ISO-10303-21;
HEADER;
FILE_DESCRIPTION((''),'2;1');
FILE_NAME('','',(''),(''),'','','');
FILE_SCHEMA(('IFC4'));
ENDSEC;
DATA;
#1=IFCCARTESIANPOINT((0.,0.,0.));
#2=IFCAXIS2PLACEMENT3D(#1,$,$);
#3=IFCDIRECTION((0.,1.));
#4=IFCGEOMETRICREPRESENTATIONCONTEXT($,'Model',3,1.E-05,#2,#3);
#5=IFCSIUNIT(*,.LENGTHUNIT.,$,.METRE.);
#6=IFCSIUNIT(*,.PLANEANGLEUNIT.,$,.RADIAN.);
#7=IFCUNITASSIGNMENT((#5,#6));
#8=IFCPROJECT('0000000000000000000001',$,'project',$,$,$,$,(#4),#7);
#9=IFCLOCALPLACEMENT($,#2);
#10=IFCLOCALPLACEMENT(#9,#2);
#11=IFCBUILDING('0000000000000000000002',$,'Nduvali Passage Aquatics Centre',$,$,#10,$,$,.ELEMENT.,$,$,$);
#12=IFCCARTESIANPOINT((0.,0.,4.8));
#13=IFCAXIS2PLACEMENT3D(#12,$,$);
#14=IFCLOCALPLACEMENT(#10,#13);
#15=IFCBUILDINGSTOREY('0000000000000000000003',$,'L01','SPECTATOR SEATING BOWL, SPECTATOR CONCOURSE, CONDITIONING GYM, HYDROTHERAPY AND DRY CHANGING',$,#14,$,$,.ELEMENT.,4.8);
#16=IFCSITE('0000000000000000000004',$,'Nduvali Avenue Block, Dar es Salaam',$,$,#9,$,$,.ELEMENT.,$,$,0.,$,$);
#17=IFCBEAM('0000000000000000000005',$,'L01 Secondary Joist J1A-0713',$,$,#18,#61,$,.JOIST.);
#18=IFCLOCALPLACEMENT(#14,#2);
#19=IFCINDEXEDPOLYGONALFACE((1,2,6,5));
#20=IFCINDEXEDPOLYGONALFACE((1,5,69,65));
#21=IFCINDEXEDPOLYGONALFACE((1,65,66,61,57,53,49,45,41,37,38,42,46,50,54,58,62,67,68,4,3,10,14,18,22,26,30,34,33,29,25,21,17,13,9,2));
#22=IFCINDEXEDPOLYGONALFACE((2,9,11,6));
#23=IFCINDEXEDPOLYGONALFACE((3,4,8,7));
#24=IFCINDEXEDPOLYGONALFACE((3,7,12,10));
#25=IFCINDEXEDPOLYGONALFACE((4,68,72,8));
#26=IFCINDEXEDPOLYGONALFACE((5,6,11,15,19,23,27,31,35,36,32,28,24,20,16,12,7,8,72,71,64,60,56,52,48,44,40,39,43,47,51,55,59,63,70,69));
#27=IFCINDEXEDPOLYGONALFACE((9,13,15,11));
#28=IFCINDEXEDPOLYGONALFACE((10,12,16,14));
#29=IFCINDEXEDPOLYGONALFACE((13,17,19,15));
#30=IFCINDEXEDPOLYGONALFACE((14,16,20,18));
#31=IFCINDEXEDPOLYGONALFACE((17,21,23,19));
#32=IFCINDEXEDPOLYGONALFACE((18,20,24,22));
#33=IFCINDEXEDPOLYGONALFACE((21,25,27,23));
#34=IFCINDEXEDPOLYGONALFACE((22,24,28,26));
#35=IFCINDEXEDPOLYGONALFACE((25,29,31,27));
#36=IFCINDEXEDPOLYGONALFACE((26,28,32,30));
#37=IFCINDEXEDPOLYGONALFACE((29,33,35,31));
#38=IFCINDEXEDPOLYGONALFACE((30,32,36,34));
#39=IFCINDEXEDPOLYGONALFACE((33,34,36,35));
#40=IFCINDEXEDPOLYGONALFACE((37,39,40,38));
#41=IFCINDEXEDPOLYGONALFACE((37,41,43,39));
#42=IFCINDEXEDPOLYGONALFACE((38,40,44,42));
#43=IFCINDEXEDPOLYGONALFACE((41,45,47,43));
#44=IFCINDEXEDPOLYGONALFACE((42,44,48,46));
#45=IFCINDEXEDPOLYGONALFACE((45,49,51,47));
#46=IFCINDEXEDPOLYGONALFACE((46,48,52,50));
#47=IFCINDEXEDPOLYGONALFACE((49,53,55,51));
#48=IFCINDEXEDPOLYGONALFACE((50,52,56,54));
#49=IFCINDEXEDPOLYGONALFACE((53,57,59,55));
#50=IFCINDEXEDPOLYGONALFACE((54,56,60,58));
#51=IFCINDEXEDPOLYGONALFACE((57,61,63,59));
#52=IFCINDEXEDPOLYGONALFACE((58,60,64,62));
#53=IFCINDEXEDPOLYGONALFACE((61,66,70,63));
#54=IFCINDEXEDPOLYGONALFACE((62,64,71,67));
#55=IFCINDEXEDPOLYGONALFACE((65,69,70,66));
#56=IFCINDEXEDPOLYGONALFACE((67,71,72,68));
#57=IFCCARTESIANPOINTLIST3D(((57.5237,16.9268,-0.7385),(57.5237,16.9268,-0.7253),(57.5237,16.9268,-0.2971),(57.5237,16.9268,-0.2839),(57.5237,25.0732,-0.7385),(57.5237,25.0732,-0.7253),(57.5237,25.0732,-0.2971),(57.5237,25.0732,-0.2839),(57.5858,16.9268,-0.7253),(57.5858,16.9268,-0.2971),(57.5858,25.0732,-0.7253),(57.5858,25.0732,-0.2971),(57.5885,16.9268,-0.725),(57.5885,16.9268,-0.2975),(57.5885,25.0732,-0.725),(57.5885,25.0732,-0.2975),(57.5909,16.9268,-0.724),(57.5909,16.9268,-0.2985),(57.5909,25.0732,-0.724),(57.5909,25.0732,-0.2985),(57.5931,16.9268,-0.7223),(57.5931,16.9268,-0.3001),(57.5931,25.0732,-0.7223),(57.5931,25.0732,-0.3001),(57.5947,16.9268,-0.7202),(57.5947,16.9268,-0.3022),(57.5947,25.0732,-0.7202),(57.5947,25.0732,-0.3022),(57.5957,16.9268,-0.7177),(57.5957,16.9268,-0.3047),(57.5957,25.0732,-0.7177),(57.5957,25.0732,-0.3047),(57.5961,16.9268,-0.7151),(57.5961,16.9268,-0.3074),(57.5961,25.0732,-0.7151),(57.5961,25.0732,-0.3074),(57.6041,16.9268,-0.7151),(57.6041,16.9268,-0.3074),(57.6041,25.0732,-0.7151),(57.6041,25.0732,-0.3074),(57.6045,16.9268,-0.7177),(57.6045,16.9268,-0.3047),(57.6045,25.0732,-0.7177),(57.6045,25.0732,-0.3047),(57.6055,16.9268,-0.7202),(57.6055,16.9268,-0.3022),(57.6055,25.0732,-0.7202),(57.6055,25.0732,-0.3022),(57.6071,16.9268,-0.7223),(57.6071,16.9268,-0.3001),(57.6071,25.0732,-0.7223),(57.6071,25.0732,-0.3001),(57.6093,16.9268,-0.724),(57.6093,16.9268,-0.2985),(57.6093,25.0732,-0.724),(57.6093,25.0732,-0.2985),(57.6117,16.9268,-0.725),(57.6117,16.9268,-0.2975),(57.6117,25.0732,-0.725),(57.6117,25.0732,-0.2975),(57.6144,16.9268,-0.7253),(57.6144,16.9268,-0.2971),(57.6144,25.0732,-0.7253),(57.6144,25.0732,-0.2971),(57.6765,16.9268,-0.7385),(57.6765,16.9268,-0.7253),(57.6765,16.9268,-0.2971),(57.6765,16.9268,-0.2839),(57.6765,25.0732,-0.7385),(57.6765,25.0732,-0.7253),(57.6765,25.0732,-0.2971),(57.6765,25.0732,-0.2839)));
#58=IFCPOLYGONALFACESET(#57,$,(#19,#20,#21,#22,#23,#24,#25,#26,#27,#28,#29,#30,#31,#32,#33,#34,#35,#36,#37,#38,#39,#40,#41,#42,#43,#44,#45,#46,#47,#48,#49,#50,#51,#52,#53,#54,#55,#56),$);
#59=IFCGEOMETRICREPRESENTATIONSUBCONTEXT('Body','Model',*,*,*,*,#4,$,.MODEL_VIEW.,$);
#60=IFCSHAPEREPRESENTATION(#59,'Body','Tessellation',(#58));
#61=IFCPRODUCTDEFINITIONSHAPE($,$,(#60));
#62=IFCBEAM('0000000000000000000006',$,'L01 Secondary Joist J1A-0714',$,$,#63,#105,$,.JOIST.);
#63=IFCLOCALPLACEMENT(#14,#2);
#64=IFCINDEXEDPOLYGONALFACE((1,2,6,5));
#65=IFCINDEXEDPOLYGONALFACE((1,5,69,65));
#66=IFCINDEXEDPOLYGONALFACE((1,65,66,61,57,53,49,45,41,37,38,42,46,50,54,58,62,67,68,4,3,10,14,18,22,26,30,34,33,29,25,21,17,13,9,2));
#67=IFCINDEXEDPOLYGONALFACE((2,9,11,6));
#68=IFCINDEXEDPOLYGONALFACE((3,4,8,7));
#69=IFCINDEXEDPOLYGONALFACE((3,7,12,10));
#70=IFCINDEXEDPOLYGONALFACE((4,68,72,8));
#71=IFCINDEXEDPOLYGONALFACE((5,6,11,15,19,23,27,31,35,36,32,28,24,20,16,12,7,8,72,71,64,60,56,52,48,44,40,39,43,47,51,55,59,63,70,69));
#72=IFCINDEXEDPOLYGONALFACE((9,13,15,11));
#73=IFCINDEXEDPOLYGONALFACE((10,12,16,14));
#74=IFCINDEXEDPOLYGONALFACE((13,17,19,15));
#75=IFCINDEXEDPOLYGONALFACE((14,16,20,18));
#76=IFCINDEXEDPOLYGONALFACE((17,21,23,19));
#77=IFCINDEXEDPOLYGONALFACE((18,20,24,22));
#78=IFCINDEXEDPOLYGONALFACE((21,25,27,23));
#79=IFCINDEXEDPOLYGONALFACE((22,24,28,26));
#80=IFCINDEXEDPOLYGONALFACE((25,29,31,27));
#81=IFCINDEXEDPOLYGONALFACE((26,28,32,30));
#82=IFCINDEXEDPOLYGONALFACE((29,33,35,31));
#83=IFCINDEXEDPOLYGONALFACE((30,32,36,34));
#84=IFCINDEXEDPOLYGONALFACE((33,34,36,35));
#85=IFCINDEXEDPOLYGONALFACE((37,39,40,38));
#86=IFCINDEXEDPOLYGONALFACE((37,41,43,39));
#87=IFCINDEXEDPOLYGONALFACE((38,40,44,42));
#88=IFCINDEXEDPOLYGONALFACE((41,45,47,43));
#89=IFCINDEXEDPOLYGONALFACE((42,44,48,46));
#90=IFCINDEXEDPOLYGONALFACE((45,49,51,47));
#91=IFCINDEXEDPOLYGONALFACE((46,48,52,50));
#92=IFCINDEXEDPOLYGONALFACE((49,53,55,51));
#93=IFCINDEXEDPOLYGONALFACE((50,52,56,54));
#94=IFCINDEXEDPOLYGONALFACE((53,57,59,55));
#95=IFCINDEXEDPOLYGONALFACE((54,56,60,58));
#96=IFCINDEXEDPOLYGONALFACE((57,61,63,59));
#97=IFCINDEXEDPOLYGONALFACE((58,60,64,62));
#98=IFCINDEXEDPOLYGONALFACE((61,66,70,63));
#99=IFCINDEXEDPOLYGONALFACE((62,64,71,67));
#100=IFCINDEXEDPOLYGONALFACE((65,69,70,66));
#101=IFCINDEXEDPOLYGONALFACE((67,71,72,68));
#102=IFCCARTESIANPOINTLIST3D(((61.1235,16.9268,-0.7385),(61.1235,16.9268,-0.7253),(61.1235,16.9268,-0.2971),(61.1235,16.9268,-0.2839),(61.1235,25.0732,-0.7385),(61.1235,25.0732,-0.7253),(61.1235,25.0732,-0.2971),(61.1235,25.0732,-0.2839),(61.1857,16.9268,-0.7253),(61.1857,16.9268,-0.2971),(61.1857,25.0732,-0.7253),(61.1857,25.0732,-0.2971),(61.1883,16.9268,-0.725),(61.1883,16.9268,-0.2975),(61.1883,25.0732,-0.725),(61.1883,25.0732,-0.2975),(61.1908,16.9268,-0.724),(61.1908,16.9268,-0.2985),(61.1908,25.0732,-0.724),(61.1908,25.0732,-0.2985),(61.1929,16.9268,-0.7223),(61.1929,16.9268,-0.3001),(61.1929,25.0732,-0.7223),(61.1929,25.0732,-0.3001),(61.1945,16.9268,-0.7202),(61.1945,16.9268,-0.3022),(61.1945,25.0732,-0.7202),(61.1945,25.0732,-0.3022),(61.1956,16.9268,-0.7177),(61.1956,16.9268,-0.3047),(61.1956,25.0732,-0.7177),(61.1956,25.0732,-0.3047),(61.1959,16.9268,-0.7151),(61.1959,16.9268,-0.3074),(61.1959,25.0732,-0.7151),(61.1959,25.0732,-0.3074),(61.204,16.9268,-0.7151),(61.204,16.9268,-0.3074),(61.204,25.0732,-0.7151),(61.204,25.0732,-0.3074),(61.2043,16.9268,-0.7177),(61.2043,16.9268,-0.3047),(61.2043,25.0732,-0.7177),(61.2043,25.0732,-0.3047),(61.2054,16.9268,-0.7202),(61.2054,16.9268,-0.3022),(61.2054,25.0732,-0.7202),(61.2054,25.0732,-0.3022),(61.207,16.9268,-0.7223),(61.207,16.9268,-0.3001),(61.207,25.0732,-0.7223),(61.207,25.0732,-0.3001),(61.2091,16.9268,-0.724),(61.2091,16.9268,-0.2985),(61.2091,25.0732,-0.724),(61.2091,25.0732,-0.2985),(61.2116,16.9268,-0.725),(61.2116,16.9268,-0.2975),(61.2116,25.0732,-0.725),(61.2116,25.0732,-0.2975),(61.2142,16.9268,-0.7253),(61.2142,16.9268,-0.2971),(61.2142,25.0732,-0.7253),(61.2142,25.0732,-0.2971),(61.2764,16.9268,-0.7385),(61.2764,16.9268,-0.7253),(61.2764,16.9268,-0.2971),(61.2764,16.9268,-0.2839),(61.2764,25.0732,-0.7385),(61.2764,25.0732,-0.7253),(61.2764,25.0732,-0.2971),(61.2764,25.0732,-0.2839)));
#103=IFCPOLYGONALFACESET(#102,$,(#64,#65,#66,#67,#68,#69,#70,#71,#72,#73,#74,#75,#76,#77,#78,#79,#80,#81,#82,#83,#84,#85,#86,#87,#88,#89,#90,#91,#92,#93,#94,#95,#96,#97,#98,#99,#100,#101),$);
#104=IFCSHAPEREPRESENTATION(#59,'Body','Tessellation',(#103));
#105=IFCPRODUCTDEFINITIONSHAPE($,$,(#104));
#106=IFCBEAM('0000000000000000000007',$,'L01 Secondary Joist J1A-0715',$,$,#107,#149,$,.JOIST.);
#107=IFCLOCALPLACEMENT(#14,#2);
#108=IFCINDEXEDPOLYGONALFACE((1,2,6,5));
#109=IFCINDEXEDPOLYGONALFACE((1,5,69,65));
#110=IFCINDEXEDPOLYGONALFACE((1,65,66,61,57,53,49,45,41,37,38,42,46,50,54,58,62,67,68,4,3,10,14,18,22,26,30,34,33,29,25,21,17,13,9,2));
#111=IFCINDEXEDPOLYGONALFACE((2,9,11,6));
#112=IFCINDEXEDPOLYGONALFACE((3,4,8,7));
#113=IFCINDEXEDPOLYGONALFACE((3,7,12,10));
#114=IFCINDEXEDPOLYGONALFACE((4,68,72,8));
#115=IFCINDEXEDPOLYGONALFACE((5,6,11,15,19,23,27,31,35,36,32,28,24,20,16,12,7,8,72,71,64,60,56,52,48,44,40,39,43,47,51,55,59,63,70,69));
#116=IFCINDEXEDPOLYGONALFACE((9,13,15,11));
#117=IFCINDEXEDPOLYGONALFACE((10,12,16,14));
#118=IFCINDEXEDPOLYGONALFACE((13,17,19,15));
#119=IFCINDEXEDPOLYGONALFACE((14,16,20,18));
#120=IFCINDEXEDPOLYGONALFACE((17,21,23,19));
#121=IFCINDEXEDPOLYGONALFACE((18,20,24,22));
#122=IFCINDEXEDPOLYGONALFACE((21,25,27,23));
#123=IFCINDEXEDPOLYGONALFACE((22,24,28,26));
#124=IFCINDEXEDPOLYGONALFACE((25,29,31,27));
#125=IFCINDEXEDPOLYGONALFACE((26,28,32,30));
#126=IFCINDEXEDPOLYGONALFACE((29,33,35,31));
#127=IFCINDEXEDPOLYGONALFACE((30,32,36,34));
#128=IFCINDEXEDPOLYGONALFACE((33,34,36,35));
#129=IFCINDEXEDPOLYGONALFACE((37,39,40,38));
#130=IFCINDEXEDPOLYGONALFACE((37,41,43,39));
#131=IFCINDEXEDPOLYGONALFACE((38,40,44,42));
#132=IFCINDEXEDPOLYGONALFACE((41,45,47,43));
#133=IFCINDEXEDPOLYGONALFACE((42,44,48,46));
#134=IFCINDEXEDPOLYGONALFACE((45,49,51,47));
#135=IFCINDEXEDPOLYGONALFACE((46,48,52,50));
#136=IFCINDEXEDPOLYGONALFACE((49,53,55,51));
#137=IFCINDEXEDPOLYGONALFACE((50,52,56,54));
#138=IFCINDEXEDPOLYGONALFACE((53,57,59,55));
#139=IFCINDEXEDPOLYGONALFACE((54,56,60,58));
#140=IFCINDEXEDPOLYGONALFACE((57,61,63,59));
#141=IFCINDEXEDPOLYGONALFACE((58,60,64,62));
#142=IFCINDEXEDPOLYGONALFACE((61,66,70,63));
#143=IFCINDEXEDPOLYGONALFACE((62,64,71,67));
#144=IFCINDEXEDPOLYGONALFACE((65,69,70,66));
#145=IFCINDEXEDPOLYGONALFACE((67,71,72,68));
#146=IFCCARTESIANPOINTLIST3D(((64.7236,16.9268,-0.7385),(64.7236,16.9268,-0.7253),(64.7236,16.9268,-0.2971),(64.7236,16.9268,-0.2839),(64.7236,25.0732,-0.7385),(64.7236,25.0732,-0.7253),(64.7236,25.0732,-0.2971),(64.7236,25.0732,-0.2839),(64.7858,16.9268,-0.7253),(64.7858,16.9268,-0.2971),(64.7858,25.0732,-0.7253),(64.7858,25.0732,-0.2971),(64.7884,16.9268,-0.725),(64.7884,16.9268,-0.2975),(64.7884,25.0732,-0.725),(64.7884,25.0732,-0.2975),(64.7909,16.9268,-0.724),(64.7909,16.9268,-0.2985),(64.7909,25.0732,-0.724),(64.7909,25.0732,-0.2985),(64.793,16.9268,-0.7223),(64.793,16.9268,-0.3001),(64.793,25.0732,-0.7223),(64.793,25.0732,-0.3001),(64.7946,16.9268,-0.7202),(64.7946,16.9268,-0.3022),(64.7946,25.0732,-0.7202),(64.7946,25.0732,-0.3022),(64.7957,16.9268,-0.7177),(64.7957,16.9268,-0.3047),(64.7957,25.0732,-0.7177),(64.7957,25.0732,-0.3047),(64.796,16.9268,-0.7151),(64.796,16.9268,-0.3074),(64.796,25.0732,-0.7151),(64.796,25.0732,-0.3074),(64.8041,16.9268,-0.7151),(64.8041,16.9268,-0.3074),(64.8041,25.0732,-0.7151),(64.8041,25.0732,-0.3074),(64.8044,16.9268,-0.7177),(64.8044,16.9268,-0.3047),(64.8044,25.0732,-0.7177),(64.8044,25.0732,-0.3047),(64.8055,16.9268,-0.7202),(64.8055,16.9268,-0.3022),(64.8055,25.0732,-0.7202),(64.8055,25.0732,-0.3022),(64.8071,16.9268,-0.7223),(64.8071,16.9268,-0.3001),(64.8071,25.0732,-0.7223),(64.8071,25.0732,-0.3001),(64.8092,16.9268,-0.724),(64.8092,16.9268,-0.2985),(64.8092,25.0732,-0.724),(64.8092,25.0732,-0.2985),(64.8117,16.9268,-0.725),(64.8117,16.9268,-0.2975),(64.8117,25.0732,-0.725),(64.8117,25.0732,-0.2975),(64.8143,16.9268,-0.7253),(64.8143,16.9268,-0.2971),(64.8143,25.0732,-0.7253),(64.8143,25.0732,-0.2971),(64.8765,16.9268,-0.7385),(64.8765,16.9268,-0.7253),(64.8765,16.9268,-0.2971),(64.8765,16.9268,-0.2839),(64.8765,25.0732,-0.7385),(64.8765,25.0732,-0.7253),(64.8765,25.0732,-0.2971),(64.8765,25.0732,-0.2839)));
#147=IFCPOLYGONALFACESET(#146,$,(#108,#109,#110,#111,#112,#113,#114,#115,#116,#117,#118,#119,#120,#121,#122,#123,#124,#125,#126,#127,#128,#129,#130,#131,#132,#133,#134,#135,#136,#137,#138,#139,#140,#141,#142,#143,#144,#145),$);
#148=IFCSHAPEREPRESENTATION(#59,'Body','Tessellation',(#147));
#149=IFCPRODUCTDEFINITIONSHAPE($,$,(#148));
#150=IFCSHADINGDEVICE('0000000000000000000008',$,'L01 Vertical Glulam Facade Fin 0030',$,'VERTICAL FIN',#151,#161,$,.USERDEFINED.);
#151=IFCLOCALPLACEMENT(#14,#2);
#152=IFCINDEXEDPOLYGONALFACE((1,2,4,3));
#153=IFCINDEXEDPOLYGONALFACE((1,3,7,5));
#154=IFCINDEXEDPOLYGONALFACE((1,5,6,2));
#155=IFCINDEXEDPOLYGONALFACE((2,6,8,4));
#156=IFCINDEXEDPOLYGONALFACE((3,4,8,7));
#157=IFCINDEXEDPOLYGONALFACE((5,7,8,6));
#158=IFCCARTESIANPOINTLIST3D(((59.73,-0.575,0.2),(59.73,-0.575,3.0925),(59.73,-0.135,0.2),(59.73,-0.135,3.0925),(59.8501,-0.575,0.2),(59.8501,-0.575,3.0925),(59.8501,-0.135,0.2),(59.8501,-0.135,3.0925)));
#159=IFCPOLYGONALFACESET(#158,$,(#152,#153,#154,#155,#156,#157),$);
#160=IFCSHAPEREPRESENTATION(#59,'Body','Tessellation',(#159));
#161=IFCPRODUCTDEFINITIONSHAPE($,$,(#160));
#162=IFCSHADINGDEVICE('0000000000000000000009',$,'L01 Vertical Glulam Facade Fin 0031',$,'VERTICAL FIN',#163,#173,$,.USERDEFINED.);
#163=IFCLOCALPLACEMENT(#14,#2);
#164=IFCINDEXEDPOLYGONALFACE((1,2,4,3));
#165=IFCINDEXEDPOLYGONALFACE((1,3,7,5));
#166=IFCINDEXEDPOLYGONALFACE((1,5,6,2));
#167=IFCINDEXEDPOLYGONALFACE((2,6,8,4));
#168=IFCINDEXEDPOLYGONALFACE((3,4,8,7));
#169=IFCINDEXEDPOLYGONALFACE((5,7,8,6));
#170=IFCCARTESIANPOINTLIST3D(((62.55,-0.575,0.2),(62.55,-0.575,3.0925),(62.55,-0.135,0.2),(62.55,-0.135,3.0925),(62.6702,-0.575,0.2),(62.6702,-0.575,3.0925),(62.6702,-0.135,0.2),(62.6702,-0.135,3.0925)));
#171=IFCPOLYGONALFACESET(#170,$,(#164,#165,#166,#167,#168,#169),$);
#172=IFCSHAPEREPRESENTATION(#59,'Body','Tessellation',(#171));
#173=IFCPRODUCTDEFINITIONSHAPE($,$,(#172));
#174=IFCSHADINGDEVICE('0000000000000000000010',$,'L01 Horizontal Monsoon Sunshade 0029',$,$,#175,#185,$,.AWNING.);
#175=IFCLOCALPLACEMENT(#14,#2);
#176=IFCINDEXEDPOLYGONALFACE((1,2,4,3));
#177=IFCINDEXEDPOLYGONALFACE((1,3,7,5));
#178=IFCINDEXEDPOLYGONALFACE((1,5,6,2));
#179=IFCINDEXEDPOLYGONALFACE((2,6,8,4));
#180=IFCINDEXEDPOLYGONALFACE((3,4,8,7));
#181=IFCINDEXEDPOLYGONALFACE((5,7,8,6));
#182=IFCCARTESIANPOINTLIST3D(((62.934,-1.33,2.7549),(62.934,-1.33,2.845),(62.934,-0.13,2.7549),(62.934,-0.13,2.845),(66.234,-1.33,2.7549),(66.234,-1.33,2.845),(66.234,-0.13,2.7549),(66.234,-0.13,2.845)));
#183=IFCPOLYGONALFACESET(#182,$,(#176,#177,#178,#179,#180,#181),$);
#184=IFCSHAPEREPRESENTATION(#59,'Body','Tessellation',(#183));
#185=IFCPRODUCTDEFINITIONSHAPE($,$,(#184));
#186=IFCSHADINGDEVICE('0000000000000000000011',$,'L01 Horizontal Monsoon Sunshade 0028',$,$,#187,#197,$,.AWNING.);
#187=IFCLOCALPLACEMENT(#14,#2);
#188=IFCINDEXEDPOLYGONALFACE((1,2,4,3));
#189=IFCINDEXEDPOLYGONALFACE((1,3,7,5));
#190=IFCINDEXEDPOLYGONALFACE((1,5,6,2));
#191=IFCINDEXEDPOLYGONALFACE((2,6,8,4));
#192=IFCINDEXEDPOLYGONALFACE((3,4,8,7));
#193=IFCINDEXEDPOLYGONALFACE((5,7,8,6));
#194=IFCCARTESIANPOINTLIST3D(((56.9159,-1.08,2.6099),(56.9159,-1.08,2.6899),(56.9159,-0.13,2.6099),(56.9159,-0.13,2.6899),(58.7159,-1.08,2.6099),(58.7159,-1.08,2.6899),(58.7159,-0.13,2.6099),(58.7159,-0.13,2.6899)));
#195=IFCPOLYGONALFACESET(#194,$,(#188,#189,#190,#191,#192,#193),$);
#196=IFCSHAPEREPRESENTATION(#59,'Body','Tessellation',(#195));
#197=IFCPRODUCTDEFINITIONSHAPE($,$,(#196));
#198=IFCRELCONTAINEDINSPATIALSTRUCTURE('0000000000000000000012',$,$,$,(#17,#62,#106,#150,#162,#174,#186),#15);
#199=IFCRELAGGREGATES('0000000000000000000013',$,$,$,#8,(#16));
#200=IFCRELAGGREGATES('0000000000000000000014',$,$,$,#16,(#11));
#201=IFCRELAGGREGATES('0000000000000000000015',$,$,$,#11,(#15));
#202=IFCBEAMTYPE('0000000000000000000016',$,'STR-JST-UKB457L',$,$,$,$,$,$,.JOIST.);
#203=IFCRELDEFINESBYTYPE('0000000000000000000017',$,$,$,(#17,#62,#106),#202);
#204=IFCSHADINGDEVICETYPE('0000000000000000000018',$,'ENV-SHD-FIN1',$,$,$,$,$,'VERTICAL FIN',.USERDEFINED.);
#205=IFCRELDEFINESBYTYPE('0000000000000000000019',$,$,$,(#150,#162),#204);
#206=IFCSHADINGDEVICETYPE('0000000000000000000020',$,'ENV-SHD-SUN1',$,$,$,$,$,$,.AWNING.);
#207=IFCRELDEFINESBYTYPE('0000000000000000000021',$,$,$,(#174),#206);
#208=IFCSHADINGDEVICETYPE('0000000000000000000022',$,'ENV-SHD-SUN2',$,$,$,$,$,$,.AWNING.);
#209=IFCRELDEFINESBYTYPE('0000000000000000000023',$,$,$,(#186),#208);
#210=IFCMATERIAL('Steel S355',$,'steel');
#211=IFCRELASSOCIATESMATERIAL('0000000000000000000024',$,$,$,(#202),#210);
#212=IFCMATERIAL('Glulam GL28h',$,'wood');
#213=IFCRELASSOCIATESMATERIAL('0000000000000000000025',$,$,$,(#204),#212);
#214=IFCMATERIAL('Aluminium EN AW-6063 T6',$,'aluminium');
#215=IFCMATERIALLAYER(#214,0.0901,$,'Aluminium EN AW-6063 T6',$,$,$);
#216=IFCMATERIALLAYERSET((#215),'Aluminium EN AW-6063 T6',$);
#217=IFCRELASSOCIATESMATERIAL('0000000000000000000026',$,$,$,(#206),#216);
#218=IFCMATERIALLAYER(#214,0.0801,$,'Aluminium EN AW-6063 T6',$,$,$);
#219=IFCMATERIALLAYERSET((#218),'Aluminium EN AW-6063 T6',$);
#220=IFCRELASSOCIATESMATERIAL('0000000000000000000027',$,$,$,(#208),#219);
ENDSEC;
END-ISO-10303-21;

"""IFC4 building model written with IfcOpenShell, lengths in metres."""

from ifc_helpers import new_model, si_unit, direction, frame, origin, origin_2d, place, context, subcontext, project, spatial, rectangle, i_section, extrude, material, layer, layer_set, material_profile, profile_set, type_object, element, save


model = new_model("IFC4")

# Units and contexts
model_context = context("Model", 3, precision=1e-05, world=origin(), true_north=direction((0.0, 1.0)))
body_context = subcontext(model_context, "Body", "Model", "MODEL_VIEW")
ifc_project = project(units=[si_unit("LENGTHUNIT", "METRE"), si_unit("PLANEANGLEUNIT", "RADIAN")], contexts=[model_context])

# Site, building, storey
site_placement = place(None, origin())
site = spatial("IfcSite", under=ifc_project, at=site_placement, Name="Nduvali Avenue Block, Dar es Salaam", CompositionType="ELEMENT", RefElevation=0.0)
building_placement = place(site_placement, origin())
building = spatial("IfcBuilding", under=site, at=building_placement, Name="Nduvali Passage Aquatics Centre", CompositionType="ELEMENT")
storey_placement = place(building_placement, frame((0.0, 0.0, 4.8)))
storey = spatial("IfcBuildingStorey", under=building, at=storey_placement, Name="L01", Description="SPECTATOR SEATING BOWL, SPECTATOR CONCOURSE, CONDITIONING GYM, HYDROTHERAPY AND DRY CHANGING", CompositionType="ELEMENT", Elevation=4.8)

# Shared definitions
ifc_material_1 = material(Name="Steel S355", Category="steel")

# Shared definitions
ifc_material_2 = material(Name="Aluminium EN AW-6063 T6", Category="aluminium")

# Beams
ifc_material_profile_1 = material_profile(ifc_material_1, i_section(OverallWidth=0.1528, OverallDepth=0.4546, WebThickness=0.0081, FlangeThickness=0.0132, FilletRadius=0.0103, at=origin_2d()), Name="UKB 457x152x60")
ifc_profile_set_1 = profile_set([ifc_material_profile_1], Name="Steel S355")
beam_type_1 = type_object("IfcBeamType", Name="STR-JST-UKB457L", PredefinedType="JOIST", material=ifc_profile_set_1)
for number, where, z_axis, x_axis, name in (
    (1, (57.6001, 16.9268, -0.5112), (0.0, 1.0, 0.0), (-1.0, 0.0, 0.0), "L01 Secondary Joist J1A-0713"),
    (2, (61.2, 16.9268, -0.5112), (0.0, 1.0, 0.0), (-1.0, 0.0, 0.0), "L01 Secondary Joist J1A-0714"),
    (3, (64.8, 16.9268, -0.5112), (0.0, 1.0, 0.0), (-1.0, 0.0, 0.0), "L01 Secondary Joist J1A-0715"),
):
    element("IfcBeam", number, at=place(storey_placement, frame(where, z_axis=z_axis, x_axis=x_axis)), inside=storey, type_object=beam_type_1, Name=name, PredefinedType="JOIST", context=body_context, shape_type="SweptSolid", body=[
        extrude(i_section(OverallWidth=0.1528, OverallDepth=0.4546, WebThickness=0.0081, FlangeThickness=0.0132, FilletRadius=0.0103, at=origin_2d()), origin(), (0.0, 0.0, 1.0), 8.1465),
    ])

# Shading devices
ifc_material_3 = material(Name="Glulam GL28h", Category="wood")
shading_device_type_1 = type_object("IfcShadingDeviceType", Name="ENV-SHD-FIN1", ElementType="VERTICAL FIN", PredefinedType="USERDEFINED", material=ifc_material_3)
for number, where, z_axis, x_axis, name in (
    (4, (59.79, -0.355, 0.2), (0.0, 0.0, 1.0), (1.0, 0.0, 0.0), "L01 Vertical Glulam Facade Fin 0030"),
    (5, (62.6101, -0.355, 0.2), (0.0, 0.0, 1.0), (1.0, 0.0, 0.0), "L01 Vertical Glulam Facade Fin 0031"),
):
    element("IfcShadingDevice", number, at=place(storey_placement, frame(where, z_axis=z_axis, x_axis=x_axis)), inside=storey, type_object=shading_device_type_1, Name=name, ObjectType="VERTICAL FIN", PredefinedType="USERDEFINED", context=body_context, shape_type="SweptSolid", body=[
        extrude(rectangle(XDim=0.1201, YDim=0.4399, at=origin_2d()), origin(), (0.0, 0.0, 1.0), 2.8926),
    ])
ifc_layer_1 = layer(ifc_material_2, 0.0901, Name="Aluminium EN AW-6063 T6")
ifc_layer_set_1 = layer_set([ifc_layer_1], Name="Aluminium EN AW-6063 T6")
shading_device_type_2 = type_object("IfcShadingDeviceType", Name="ENV-SHD-SUN1", PredefinedType="AWNING", material=ifc_layer_set_1)
shading_device_1_placement = place(storey_placement, frame((64.584, -0.73, 2.7549), z_axis=(0.0, 0.0, 1.0), x_axis=(1.0, 0.0, 0.0)))
element("IfcShadingDevice", 6, at=shading_device_1_placement, inside=storey, type_object=shading_device_type_2, Name="L01 Horizontal Monsoon Sunshade 0029", PredefinedType="AWNING", context=body_context, shape_type="SweptSolid", body=[
    extrude(rectangle(XDim=3.3, YDim=1.2, at=origin_2d()), origin(), (0.0, 0.0, 1.0), 0.0901),
])
ifc_layer_2 = layer(ifc_material_2, 0.0801, Name="Aluminium EN AW-6063 T6")
ifc_layer_set_2 = layer_set([ifc_layer_2], Name="Aluminium EN AW-6063 T6")
shading_device_type_3 = type_object("IfcShadingDeviceType", Name="ENV-SHD-SUN2", PredefinedType="AWNING", material=ifc_layer_set_2)
shading_device_2_placement = place(storey_placement, frame((57.8159, -0.605, 2.6099), z_axis=(0.0, 0.0, 1.0), x_axis=(1.0, 0.0, 0.0)))
element("IfcShadingDevice", 7, at=shading_device_2_placement, inside=storey, type_object=shading_device_type_3, Name="L01 Horizontal Monsoon Sunshade 0028", PredefinedType="AWNING", context=body_context, shape_type="SweptSolid", body=[
    extrude(rectangle(XDim=1.8, YDim=0.95, at=origin_2d()), origin(), (0.0, 0.0, 1.0), 0.0801),
])

save(model, "model.ifc")
